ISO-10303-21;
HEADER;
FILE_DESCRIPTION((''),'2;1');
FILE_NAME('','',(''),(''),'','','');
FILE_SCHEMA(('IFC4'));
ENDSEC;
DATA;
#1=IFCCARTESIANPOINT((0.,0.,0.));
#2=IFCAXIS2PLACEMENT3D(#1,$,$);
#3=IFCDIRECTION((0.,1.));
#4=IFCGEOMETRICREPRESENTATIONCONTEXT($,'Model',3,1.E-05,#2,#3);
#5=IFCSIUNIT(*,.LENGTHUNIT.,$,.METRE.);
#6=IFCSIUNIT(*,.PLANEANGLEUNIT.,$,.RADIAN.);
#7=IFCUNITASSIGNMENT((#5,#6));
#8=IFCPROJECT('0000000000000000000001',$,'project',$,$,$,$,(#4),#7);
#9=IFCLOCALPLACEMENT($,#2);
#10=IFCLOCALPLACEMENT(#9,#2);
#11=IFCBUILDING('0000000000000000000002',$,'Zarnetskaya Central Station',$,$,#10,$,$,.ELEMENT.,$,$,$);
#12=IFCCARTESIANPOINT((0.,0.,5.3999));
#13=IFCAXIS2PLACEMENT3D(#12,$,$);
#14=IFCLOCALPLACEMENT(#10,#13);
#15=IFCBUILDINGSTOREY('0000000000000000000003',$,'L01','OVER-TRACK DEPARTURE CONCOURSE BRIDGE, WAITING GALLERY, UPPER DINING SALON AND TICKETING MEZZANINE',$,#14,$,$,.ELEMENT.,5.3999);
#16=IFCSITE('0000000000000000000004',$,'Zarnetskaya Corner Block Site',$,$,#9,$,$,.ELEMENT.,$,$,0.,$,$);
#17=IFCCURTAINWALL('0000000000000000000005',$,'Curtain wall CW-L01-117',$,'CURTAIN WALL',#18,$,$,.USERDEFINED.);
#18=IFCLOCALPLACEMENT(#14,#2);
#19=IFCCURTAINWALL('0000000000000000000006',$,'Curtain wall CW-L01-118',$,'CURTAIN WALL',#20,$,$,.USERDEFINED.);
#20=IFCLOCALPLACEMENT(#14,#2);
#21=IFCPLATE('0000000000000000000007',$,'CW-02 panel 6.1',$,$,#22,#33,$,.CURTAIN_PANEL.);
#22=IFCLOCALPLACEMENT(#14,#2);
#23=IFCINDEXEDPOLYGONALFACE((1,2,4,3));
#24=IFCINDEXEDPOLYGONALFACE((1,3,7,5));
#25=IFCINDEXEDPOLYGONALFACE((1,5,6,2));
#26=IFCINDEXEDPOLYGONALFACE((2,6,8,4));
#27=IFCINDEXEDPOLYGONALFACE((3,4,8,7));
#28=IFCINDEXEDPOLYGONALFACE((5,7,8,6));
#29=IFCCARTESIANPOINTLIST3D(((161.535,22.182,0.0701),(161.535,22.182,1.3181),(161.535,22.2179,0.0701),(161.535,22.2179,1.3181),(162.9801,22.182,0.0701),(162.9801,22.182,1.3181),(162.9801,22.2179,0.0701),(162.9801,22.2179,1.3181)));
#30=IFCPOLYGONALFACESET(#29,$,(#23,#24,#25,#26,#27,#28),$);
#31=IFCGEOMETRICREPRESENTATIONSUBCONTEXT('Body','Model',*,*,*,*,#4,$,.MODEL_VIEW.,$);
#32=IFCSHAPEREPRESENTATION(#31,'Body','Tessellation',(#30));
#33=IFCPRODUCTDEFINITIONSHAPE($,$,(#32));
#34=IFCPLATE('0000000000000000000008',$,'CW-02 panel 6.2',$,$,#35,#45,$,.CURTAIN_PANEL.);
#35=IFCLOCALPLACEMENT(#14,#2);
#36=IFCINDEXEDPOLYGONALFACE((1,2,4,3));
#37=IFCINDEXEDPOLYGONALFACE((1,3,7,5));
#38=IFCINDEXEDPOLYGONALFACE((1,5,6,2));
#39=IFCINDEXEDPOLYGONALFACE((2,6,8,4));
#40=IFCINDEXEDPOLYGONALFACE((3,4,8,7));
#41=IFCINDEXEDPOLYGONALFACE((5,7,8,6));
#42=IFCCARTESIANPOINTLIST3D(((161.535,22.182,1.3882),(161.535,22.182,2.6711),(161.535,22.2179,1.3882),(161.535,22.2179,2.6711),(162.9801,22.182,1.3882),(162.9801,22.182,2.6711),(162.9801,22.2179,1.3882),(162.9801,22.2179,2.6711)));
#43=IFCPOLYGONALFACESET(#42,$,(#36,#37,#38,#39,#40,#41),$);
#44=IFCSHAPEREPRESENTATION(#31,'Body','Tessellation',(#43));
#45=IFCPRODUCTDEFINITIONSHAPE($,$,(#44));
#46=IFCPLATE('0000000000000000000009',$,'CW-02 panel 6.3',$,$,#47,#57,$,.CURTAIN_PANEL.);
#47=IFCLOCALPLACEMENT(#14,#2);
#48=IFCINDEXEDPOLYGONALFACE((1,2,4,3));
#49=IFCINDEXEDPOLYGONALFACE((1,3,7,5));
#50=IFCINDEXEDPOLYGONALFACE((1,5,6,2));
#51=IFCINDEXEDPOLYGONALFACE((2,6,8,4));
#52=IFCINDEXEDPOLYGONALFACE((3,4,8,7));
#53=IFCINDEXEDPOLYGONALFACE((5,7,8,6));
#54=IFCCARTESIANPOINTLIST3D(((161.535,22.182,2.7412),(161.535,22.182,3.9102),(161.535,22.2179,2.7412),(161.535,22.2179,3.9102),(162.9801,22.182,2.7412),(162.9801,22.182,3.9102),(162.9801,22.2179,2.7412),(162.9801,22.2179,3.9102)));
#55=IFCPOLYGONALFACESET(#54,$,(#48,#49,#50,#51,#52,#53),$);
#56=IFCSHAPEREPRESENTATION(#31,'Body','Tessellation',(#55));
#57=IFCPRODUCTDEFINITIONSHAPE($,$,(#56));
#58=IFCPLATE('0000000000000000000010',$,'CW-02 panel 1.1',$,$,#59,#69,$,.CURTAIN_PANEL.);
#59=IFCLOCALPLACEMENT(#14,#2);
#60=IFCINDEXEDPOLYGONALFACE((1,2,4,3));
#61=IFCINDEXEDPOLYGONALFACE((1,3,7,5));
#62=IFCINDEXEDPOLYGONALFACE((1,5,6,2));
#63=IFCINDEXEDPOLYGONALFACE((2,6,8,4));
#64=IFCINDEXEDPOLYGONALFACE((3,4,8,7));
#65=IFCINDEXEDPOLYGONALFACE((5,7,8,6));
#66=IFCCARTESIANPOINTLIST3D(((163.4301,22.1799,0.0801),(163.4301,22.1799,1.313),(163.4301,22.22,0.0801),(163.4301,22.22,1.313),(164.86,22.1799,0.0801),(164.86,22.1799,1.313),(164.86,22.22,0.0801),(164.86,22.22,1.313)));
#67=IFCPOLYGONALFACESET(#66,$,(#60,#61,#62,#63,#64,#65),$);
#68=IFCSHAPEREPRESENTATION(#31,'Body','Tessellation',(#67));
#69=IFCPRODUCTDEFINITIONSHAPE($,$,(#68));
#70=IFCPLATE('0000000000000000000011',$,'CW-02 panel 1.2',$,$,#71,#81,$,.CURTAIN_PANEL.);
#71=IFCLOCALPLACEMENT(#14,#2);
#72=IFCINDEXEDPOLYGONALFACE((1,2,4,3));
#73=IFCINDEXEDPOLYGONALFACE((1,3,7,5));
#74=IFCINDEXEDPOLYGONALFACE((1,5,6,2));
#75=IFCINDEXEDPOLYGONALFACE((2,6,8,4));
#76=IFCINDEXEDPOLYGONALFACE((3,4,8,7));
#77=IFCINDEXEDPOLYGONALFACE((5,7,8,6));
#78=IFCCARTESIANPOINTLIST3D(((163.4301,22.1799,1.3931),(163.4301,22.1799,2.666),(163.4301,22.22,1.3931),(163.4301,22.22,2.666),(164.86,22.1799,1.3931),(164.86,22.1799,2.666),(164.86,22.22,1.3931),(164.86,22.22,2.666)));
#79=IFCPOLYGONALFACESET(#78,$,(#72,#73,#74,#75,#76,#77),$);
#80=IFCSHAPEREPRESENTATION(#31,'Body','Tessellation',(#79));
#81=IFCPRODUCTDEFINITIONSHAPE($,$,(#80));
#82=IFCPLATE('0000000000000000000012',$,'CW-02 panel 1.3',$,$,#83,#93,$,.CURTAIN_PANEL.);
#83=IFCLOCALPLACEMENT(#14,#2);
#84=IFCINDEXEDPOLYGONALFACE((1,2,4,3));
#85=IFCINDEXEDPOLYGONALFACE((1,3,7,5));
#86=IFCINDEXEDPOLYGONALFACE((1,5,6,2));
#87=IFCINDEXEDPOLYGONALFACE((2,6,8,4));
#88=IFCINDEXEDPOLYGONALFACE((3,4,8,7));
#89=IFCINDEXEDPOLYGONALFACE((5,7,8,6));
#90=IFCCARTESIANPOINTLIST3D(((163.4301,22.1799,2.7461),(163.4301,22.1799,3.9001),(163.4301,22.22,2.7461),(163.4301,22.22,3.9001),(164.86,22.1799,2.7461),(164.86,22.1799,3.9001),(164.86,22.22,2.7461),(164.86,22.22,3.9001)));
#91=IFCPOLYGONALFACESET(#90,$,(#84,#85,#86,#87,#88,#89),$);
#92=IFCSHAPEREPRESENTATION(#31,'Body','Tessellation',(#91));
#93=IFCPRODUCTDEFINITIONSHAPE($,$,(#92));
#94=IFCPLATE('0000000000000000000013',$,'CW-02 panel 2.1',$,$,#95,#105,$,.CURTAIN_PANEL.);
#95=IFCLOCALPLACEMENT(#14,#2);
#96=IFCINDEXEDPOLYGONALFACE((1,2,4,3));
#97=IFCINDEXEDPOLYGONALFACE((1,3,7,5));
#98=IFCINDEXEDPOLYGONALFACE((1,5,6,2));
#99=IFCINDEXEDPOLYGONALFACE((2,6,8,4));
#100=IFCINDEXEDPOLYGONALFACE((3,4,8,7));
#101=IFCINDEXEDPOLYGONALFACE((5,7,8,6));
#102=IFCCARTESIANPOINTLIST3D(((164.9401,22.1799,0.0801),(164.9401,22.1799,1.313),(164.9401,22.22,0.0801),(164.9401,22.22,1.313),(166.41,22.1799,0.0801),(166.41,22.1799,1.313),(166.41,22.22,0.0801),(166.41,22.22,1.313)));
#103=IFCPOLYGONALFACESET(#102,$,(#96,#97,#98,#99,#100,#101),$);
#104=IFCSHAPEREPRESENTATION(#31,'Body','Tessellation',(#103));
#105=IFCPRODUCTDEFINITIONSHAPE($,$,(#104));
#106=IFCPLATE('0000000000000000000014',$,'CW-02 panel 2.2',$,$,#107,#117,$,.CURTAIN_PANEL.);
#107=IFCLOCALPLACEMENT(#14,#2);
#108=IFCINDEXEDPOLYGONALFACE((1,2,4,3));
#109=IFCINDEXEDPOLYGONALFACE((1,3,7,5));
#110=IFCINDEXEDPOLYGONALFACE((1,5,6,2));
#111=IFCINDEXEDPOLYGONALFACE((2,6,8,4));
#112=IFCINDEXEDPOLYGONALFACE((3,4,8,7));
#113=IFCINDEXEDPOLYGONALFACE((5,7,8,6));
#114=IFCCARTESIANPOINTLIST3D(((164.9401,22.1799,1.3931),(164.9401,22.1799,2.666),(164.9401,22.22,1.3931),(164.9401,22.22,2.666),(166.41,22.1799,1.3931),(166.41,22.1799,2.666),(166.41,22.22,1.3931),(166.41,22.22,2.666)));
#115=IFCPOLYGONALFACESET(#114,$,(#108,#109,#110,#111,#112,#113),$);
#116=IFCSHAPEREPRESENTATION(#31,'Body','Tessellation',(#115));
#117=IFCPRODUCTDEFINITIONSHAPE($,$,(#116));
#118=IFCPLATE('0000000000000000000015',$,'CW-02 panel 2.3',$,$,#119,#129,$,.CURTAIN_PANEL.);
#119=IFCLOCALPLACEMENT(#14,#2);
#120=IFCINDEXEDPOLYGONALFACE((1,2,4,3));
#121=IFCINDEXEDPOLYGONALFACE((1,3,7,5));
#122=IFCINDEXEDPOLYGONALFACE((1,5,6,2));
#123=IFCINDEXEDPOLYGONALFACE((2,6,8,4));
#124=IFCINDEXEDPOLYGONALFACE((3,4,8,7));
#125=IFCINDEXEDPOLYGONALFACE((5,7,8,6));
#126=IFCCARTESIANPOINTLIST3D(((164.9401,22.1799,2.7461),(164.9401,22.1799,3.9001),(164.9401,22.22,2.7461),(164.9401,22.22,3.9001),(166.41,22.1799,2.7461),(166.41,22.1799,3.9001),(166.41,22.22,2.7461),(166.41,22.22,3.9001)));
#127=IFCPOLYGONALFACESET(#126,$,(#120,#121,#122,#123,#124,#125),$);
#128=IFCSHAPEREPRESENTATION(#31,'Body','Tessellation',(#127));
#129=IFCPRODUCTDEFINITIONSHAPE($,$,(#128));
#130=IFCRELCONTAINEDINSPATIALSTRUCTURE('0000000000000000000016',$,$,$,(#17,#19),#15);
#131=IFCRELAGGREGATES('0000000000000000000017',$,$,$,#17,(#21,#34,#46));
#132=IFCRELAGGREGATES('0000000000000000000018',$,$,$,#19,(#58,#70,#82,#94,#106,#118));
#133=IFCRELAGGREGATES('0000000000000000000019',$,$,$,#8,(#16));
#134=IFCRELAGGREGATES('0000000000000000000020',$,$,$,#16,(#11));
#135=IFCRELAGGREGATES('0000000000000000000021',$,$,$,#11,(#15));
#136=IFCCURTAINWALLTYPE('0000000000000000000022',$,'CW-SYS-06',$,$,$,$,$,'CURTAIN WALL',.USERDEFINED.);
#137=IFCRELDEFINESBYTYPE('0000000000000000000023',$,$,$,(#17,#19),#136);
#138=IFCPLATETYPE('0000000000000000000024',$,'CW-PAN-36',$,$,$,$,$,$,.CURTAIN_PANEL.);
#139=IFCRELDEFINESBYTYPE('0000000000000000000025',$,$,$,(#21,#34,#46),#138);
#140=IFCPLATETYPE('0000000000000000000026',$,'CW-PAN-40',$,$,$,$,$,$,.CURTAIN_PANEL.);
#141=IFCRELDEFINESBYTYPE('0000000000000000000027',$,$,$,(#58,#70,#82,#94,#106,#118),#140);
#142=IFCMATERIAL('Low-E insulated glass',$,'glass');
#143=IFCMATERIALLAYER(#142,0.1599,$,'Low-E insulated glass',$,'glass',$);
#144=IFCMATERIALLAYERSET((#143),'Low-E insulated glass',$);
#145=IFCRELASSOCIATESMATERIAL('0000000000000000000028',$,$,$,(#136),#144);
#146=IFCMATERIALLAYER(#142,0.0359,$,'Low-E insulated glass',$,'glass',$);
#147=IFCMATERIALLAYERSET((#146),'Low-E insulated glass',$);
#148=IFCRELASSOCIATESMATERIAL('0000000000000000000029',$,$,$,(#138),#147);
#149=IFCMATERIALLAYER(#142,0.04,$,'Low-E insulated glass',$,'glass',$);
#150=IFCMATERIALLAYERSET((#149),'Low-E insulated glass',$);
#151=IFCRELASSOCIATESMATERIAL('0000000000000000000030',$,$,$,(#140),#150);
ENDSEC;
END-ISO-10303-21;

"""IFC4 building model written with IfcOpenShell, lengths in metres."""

from ifc_helpers import new_model, si_unit, direction, frame, origin, origin_2d, place, context, subcontext, project, spatial, rectangle, extrude, material, layer, layer_set, type_object, element, aggregate, save


model = new_model("IFC4")

# Units and contexts
model_context = context("Model", 3, precision=1e-05, world=origin(), true_north=direction((0.0, 1.0)))
body_context = subcontext(model_context, "Body", "Model", "MODEL_VIEW")
ifc_project = project(units=[si_unit("LENGTHUNIT", "METRE"), si_unit("PLANEANGLEUNIT", "RADIAN")], contexts=[model_context])

# Site, building, storey
site_placement = place(None, origin())
site = spatial("IfcSite", under=ifc_project, at=site_placement, Name="Zarnetskaya Corner Block Site", CompositionType="ELEMENT", RefElevation=0.0)
building_placement = place(site_placement, origin())
building = spatial("IfcBuilding", under=site, at=building_placement, Name="Zarnetskaya Central Station", CompositionType="ELEMENT")
storey_placement = place(building_placement, frame((0.0, 0.0, 5.3999)))
storey = spatial("IfcBuildingStorey", under=building, at=storey_placement, Name="L01", Description="OVER-TRACK DEPARTURE CONCOURSE BRIDGE, WAITING GALLERY, UPPER DINING SALON AND TICKETING MEZZANINE", CompositionType="ELEMENT", Elevation=5.3999)

# Curtain walls
ifc_material_1 = material(Name="Low-E insulated glass", Category="glass")
ifc_layer_1 = layer(ifc_material_1, 0.1599, Name="Low-E insulated glass", Category="glass")
ifc_layer_set_1 = layer_set([ifc_layer_1], Name="Low-E insulated glass")
curtain_wall_type = type_object("IfcCurtainWallType", Name="CW-SYS-06", ElementType="CURTAIN WALL", PredefinedType="USERDEFINED", material=ifc_layer_set_1)
curtain_wall_1_placement = place(storey_placement, origin())
curtain_wall_1 = element("IfcCurtainWall", 1, at=curtain_wall_1_placement, inside=storey, type_object=curtain_wall_type, Name="Curtain wall CW-L01-117", ObjectType="CURTAIN WALL", PredefinedType="USERDEFINED")
curtain_wall_2_placement = place(storey_placement, origin())
curtain_wall_2 = element("IfcCurtainWall", 2, at=curtain_wall_2_placement, inside=storey, type_object=curtain_wall_type, Name="Curtain wall CW-L01-118", ObjectType="CURTAIN WALL", PredefinedType="USERDEFINED")

# Plates
ifc_layer_2 = layer(ifc_material_1, 0.0359, Name="Low-E insulated glass", Category="glass")
ifc_layer_set_2 = layer_set([ifc_layer_2], Name="Low-E insulated glass")
plate_type_1 = type_object("IfcPlateType", Name="CW-PAN-36", PredefinedType="CURTAIN_PANEL", material=ifc_layer_set_2)
plate_1_placement = place(storey_placement, frame((162.2576, 22.2, 0.0701), z_axis=(0.0, 0.0, 1.0), x_axis=(1.0, 0.0, 0.0)))
plate_1 = element("IfcPlate", 3, at=plate_1_placement, type_object=plate_type_1, Name="CW-02 panel 6.1", PredefinedType="CURTAIN_PANEL", context=body_context, shape_type="SweptSolid", body=[
    extrude(rectangle(XDim=1.4451, YDim=0.0359, at=origin_2d()), origin(), (0.0, 0.0, 1.0), 1.248),
])
plate_2_placement = place(storey_placement, frame((162.2576, 22.2, 1.3882), z_axis=(0.0, 0.0, 1.0), x_axis=(1.0, 0.0, 0.0)))
plate_2 = element("IfcPlate", 4, at=plate_2_placement, type_object=plate_type_1, Name="CW-02 panel 6.2", PredefinedType="CURTAIN_PANEL", context=body_context, shape_type="SweptSolid", body=[
    extrude(rectangle(XDim=1.4451, YDim=0.0359, at=origin_2d()), origin(), (0.0, 0.0, 1.0), 1.283),
])
plate_3_placement = place(storey_placement, frame((162.2576, 22.2, 2.7412), z_axis=(0.0, 0.0, 1.0), x_axis=(1.0, 0.0, 0.0)))
plate_3 = element("IfcPlate", 5, at=plate_3_placement, type_object=plate_type_1, Name="CW-02 panel 6.3", PredefinedType="CURTAIN_PANEL", context=body_context, shape_type="SweptSolid", body=[
    extrude(rectangle(XDim=1.4451, YDim=0.0359, at=origin_2d()), origin(), (0.0, 0.0, 1.0), 1.1689),
])
aggregate(curtain_wall_1, [plate_1, plate_2, plate_3])
ifc_layer_3 = layer(ifc_material_1, 0.04, Name="Low-E insulated glass", Category="glass")
ifc_layer_set_3 = layer_set([ifc_layer_3], Name="Low-E insulated glass")
plate_type_2 = type_object("IfcPlateType", Name="CW-PAN-40", PredefinedType="CURTAIN_PANEL", material=ifc_layer_set_3)
plate_4_placement = place(storey_placement, frame((164.145, 22.2, 0.0801), z_axis=(0.0, 0.0, 1.0), x_axis=(1.0, 0.0, 0.0)))
plate_4 = element("IfcPlate", 6, at=plate_4_placement, type_object=plate_type_2, Name="CW-02 panel 1.1", PredefinedType="CURTAIN_PANEL", context=body_context, shape_type="SweptSolid", body=[
    extrude(rectangle(XDim=1.4299, YDim=0.04, at=origin_2d()), origin(), (0.0, 0.0, 1.0), 1.2329),
])
plate_5_placement = place(storey_placement, frame((164.145, 22.2, 1.3931), z_axis=(0.0, 0.0, 1.0), x_axis=(1.0, 0.0, 0.0)))
plate_5 = element("IfcPlate", 7, at=plate_5_placement, type_object=plate_type_2, Name="CW-02 panel 1.2", PredefinedType="CURTAIN_PANEL", context=body_context, shape_type="SweptSolid", body=[
    extrude(rectangle(XDim=1.4299, YDim=0.04, at=origin_2d()), origin(), (0.0, 0.0, 1.0), 1.2729),
])
plate_6_placement = place(storey_placement, frame((164.145, 22.2, 2.7461), z_axis=(0.0, 0.0, 1.0), x_axis=(1.0, 0.0, 0.0)))
plate_6 = element("IfcPlate", 8, at=plate_6_placement, type_object=plate_type_2, Name="CW-02 panel 1.3", PredefinedType="CURTAIN_PANEL", context=body_context, shape_type="SweptSolid", body=[
    extrude(rectangle(XDim=1.4299, YDim=0.04, at=origin_2d()), origin(), (0.0, 0.0, 1.0), 1.1541),
])
plate_7_placement = place(storey_placement, frame((165.675, 22.2, 0.0801), z_axis=(0.0, 0.0, 1.0), x_axis=(1.0, 0.0, 0.0)))
plate_7 = element("IfcPlate", 9, at=plate_7_placement, type_object=plate_type_2, Name="CW-02 panel 2.1", PredefinedType="CURTAIN_PANEL", context=body_context, shape_type="SweptSolid", body=[
    extrude(rectangle(XDim=1.47, YDim=0.04, at=origin_2d()), origin(), (0.0, 0.0, 1.0), 1.2329),
])
plate_8_placement = place(storey_placement, frame((165.675, 22.2, 1.3931), z_axis=(0.0, 0.0, 1.0), x_axis=(1.0, 0.0, 0.0)))
plate_8 = element("IfcPlate", 10, at=plate_8_placement, type_object=plate_type_2, Name="CW-02 panel 2.2", PredefinedType="CURTAIN_PANEL", context=body_context, shape_type="SweptSolid", body=[
    extrude(rectangle(XDim=1.47, YDim=0.04, at=origin_2d()), origin(), (0.0, 0.0, 1.0), 1.2729),
])
plate_9_placement = place(storey_placement, frame((165.675, 22.2, 2.7461), z_axis=(0.0, 0.0, 1.0), x_axis=(1.0, 0.0, 0.0)))
plate_9 = element("IfcPlate", 11, at=plate_9_placement, type_object=plate_type_2, Name="CW-02 panel 2.3", PredefinedType="CURTAIN_PANEL", context=body_context, shape_type="SweptSolid", body=[
    extrude(rectangle(XDim=1.47, YDim=0.04, at=origin_2d()), origin(), (0.0, 0.0, 1.0), 1.1541),
])
aggregate(curtain_wall_2, [plate_4, plate_5, plate_6, plate_7, plate_8, plate_9])

save(model, "model.ifc")
